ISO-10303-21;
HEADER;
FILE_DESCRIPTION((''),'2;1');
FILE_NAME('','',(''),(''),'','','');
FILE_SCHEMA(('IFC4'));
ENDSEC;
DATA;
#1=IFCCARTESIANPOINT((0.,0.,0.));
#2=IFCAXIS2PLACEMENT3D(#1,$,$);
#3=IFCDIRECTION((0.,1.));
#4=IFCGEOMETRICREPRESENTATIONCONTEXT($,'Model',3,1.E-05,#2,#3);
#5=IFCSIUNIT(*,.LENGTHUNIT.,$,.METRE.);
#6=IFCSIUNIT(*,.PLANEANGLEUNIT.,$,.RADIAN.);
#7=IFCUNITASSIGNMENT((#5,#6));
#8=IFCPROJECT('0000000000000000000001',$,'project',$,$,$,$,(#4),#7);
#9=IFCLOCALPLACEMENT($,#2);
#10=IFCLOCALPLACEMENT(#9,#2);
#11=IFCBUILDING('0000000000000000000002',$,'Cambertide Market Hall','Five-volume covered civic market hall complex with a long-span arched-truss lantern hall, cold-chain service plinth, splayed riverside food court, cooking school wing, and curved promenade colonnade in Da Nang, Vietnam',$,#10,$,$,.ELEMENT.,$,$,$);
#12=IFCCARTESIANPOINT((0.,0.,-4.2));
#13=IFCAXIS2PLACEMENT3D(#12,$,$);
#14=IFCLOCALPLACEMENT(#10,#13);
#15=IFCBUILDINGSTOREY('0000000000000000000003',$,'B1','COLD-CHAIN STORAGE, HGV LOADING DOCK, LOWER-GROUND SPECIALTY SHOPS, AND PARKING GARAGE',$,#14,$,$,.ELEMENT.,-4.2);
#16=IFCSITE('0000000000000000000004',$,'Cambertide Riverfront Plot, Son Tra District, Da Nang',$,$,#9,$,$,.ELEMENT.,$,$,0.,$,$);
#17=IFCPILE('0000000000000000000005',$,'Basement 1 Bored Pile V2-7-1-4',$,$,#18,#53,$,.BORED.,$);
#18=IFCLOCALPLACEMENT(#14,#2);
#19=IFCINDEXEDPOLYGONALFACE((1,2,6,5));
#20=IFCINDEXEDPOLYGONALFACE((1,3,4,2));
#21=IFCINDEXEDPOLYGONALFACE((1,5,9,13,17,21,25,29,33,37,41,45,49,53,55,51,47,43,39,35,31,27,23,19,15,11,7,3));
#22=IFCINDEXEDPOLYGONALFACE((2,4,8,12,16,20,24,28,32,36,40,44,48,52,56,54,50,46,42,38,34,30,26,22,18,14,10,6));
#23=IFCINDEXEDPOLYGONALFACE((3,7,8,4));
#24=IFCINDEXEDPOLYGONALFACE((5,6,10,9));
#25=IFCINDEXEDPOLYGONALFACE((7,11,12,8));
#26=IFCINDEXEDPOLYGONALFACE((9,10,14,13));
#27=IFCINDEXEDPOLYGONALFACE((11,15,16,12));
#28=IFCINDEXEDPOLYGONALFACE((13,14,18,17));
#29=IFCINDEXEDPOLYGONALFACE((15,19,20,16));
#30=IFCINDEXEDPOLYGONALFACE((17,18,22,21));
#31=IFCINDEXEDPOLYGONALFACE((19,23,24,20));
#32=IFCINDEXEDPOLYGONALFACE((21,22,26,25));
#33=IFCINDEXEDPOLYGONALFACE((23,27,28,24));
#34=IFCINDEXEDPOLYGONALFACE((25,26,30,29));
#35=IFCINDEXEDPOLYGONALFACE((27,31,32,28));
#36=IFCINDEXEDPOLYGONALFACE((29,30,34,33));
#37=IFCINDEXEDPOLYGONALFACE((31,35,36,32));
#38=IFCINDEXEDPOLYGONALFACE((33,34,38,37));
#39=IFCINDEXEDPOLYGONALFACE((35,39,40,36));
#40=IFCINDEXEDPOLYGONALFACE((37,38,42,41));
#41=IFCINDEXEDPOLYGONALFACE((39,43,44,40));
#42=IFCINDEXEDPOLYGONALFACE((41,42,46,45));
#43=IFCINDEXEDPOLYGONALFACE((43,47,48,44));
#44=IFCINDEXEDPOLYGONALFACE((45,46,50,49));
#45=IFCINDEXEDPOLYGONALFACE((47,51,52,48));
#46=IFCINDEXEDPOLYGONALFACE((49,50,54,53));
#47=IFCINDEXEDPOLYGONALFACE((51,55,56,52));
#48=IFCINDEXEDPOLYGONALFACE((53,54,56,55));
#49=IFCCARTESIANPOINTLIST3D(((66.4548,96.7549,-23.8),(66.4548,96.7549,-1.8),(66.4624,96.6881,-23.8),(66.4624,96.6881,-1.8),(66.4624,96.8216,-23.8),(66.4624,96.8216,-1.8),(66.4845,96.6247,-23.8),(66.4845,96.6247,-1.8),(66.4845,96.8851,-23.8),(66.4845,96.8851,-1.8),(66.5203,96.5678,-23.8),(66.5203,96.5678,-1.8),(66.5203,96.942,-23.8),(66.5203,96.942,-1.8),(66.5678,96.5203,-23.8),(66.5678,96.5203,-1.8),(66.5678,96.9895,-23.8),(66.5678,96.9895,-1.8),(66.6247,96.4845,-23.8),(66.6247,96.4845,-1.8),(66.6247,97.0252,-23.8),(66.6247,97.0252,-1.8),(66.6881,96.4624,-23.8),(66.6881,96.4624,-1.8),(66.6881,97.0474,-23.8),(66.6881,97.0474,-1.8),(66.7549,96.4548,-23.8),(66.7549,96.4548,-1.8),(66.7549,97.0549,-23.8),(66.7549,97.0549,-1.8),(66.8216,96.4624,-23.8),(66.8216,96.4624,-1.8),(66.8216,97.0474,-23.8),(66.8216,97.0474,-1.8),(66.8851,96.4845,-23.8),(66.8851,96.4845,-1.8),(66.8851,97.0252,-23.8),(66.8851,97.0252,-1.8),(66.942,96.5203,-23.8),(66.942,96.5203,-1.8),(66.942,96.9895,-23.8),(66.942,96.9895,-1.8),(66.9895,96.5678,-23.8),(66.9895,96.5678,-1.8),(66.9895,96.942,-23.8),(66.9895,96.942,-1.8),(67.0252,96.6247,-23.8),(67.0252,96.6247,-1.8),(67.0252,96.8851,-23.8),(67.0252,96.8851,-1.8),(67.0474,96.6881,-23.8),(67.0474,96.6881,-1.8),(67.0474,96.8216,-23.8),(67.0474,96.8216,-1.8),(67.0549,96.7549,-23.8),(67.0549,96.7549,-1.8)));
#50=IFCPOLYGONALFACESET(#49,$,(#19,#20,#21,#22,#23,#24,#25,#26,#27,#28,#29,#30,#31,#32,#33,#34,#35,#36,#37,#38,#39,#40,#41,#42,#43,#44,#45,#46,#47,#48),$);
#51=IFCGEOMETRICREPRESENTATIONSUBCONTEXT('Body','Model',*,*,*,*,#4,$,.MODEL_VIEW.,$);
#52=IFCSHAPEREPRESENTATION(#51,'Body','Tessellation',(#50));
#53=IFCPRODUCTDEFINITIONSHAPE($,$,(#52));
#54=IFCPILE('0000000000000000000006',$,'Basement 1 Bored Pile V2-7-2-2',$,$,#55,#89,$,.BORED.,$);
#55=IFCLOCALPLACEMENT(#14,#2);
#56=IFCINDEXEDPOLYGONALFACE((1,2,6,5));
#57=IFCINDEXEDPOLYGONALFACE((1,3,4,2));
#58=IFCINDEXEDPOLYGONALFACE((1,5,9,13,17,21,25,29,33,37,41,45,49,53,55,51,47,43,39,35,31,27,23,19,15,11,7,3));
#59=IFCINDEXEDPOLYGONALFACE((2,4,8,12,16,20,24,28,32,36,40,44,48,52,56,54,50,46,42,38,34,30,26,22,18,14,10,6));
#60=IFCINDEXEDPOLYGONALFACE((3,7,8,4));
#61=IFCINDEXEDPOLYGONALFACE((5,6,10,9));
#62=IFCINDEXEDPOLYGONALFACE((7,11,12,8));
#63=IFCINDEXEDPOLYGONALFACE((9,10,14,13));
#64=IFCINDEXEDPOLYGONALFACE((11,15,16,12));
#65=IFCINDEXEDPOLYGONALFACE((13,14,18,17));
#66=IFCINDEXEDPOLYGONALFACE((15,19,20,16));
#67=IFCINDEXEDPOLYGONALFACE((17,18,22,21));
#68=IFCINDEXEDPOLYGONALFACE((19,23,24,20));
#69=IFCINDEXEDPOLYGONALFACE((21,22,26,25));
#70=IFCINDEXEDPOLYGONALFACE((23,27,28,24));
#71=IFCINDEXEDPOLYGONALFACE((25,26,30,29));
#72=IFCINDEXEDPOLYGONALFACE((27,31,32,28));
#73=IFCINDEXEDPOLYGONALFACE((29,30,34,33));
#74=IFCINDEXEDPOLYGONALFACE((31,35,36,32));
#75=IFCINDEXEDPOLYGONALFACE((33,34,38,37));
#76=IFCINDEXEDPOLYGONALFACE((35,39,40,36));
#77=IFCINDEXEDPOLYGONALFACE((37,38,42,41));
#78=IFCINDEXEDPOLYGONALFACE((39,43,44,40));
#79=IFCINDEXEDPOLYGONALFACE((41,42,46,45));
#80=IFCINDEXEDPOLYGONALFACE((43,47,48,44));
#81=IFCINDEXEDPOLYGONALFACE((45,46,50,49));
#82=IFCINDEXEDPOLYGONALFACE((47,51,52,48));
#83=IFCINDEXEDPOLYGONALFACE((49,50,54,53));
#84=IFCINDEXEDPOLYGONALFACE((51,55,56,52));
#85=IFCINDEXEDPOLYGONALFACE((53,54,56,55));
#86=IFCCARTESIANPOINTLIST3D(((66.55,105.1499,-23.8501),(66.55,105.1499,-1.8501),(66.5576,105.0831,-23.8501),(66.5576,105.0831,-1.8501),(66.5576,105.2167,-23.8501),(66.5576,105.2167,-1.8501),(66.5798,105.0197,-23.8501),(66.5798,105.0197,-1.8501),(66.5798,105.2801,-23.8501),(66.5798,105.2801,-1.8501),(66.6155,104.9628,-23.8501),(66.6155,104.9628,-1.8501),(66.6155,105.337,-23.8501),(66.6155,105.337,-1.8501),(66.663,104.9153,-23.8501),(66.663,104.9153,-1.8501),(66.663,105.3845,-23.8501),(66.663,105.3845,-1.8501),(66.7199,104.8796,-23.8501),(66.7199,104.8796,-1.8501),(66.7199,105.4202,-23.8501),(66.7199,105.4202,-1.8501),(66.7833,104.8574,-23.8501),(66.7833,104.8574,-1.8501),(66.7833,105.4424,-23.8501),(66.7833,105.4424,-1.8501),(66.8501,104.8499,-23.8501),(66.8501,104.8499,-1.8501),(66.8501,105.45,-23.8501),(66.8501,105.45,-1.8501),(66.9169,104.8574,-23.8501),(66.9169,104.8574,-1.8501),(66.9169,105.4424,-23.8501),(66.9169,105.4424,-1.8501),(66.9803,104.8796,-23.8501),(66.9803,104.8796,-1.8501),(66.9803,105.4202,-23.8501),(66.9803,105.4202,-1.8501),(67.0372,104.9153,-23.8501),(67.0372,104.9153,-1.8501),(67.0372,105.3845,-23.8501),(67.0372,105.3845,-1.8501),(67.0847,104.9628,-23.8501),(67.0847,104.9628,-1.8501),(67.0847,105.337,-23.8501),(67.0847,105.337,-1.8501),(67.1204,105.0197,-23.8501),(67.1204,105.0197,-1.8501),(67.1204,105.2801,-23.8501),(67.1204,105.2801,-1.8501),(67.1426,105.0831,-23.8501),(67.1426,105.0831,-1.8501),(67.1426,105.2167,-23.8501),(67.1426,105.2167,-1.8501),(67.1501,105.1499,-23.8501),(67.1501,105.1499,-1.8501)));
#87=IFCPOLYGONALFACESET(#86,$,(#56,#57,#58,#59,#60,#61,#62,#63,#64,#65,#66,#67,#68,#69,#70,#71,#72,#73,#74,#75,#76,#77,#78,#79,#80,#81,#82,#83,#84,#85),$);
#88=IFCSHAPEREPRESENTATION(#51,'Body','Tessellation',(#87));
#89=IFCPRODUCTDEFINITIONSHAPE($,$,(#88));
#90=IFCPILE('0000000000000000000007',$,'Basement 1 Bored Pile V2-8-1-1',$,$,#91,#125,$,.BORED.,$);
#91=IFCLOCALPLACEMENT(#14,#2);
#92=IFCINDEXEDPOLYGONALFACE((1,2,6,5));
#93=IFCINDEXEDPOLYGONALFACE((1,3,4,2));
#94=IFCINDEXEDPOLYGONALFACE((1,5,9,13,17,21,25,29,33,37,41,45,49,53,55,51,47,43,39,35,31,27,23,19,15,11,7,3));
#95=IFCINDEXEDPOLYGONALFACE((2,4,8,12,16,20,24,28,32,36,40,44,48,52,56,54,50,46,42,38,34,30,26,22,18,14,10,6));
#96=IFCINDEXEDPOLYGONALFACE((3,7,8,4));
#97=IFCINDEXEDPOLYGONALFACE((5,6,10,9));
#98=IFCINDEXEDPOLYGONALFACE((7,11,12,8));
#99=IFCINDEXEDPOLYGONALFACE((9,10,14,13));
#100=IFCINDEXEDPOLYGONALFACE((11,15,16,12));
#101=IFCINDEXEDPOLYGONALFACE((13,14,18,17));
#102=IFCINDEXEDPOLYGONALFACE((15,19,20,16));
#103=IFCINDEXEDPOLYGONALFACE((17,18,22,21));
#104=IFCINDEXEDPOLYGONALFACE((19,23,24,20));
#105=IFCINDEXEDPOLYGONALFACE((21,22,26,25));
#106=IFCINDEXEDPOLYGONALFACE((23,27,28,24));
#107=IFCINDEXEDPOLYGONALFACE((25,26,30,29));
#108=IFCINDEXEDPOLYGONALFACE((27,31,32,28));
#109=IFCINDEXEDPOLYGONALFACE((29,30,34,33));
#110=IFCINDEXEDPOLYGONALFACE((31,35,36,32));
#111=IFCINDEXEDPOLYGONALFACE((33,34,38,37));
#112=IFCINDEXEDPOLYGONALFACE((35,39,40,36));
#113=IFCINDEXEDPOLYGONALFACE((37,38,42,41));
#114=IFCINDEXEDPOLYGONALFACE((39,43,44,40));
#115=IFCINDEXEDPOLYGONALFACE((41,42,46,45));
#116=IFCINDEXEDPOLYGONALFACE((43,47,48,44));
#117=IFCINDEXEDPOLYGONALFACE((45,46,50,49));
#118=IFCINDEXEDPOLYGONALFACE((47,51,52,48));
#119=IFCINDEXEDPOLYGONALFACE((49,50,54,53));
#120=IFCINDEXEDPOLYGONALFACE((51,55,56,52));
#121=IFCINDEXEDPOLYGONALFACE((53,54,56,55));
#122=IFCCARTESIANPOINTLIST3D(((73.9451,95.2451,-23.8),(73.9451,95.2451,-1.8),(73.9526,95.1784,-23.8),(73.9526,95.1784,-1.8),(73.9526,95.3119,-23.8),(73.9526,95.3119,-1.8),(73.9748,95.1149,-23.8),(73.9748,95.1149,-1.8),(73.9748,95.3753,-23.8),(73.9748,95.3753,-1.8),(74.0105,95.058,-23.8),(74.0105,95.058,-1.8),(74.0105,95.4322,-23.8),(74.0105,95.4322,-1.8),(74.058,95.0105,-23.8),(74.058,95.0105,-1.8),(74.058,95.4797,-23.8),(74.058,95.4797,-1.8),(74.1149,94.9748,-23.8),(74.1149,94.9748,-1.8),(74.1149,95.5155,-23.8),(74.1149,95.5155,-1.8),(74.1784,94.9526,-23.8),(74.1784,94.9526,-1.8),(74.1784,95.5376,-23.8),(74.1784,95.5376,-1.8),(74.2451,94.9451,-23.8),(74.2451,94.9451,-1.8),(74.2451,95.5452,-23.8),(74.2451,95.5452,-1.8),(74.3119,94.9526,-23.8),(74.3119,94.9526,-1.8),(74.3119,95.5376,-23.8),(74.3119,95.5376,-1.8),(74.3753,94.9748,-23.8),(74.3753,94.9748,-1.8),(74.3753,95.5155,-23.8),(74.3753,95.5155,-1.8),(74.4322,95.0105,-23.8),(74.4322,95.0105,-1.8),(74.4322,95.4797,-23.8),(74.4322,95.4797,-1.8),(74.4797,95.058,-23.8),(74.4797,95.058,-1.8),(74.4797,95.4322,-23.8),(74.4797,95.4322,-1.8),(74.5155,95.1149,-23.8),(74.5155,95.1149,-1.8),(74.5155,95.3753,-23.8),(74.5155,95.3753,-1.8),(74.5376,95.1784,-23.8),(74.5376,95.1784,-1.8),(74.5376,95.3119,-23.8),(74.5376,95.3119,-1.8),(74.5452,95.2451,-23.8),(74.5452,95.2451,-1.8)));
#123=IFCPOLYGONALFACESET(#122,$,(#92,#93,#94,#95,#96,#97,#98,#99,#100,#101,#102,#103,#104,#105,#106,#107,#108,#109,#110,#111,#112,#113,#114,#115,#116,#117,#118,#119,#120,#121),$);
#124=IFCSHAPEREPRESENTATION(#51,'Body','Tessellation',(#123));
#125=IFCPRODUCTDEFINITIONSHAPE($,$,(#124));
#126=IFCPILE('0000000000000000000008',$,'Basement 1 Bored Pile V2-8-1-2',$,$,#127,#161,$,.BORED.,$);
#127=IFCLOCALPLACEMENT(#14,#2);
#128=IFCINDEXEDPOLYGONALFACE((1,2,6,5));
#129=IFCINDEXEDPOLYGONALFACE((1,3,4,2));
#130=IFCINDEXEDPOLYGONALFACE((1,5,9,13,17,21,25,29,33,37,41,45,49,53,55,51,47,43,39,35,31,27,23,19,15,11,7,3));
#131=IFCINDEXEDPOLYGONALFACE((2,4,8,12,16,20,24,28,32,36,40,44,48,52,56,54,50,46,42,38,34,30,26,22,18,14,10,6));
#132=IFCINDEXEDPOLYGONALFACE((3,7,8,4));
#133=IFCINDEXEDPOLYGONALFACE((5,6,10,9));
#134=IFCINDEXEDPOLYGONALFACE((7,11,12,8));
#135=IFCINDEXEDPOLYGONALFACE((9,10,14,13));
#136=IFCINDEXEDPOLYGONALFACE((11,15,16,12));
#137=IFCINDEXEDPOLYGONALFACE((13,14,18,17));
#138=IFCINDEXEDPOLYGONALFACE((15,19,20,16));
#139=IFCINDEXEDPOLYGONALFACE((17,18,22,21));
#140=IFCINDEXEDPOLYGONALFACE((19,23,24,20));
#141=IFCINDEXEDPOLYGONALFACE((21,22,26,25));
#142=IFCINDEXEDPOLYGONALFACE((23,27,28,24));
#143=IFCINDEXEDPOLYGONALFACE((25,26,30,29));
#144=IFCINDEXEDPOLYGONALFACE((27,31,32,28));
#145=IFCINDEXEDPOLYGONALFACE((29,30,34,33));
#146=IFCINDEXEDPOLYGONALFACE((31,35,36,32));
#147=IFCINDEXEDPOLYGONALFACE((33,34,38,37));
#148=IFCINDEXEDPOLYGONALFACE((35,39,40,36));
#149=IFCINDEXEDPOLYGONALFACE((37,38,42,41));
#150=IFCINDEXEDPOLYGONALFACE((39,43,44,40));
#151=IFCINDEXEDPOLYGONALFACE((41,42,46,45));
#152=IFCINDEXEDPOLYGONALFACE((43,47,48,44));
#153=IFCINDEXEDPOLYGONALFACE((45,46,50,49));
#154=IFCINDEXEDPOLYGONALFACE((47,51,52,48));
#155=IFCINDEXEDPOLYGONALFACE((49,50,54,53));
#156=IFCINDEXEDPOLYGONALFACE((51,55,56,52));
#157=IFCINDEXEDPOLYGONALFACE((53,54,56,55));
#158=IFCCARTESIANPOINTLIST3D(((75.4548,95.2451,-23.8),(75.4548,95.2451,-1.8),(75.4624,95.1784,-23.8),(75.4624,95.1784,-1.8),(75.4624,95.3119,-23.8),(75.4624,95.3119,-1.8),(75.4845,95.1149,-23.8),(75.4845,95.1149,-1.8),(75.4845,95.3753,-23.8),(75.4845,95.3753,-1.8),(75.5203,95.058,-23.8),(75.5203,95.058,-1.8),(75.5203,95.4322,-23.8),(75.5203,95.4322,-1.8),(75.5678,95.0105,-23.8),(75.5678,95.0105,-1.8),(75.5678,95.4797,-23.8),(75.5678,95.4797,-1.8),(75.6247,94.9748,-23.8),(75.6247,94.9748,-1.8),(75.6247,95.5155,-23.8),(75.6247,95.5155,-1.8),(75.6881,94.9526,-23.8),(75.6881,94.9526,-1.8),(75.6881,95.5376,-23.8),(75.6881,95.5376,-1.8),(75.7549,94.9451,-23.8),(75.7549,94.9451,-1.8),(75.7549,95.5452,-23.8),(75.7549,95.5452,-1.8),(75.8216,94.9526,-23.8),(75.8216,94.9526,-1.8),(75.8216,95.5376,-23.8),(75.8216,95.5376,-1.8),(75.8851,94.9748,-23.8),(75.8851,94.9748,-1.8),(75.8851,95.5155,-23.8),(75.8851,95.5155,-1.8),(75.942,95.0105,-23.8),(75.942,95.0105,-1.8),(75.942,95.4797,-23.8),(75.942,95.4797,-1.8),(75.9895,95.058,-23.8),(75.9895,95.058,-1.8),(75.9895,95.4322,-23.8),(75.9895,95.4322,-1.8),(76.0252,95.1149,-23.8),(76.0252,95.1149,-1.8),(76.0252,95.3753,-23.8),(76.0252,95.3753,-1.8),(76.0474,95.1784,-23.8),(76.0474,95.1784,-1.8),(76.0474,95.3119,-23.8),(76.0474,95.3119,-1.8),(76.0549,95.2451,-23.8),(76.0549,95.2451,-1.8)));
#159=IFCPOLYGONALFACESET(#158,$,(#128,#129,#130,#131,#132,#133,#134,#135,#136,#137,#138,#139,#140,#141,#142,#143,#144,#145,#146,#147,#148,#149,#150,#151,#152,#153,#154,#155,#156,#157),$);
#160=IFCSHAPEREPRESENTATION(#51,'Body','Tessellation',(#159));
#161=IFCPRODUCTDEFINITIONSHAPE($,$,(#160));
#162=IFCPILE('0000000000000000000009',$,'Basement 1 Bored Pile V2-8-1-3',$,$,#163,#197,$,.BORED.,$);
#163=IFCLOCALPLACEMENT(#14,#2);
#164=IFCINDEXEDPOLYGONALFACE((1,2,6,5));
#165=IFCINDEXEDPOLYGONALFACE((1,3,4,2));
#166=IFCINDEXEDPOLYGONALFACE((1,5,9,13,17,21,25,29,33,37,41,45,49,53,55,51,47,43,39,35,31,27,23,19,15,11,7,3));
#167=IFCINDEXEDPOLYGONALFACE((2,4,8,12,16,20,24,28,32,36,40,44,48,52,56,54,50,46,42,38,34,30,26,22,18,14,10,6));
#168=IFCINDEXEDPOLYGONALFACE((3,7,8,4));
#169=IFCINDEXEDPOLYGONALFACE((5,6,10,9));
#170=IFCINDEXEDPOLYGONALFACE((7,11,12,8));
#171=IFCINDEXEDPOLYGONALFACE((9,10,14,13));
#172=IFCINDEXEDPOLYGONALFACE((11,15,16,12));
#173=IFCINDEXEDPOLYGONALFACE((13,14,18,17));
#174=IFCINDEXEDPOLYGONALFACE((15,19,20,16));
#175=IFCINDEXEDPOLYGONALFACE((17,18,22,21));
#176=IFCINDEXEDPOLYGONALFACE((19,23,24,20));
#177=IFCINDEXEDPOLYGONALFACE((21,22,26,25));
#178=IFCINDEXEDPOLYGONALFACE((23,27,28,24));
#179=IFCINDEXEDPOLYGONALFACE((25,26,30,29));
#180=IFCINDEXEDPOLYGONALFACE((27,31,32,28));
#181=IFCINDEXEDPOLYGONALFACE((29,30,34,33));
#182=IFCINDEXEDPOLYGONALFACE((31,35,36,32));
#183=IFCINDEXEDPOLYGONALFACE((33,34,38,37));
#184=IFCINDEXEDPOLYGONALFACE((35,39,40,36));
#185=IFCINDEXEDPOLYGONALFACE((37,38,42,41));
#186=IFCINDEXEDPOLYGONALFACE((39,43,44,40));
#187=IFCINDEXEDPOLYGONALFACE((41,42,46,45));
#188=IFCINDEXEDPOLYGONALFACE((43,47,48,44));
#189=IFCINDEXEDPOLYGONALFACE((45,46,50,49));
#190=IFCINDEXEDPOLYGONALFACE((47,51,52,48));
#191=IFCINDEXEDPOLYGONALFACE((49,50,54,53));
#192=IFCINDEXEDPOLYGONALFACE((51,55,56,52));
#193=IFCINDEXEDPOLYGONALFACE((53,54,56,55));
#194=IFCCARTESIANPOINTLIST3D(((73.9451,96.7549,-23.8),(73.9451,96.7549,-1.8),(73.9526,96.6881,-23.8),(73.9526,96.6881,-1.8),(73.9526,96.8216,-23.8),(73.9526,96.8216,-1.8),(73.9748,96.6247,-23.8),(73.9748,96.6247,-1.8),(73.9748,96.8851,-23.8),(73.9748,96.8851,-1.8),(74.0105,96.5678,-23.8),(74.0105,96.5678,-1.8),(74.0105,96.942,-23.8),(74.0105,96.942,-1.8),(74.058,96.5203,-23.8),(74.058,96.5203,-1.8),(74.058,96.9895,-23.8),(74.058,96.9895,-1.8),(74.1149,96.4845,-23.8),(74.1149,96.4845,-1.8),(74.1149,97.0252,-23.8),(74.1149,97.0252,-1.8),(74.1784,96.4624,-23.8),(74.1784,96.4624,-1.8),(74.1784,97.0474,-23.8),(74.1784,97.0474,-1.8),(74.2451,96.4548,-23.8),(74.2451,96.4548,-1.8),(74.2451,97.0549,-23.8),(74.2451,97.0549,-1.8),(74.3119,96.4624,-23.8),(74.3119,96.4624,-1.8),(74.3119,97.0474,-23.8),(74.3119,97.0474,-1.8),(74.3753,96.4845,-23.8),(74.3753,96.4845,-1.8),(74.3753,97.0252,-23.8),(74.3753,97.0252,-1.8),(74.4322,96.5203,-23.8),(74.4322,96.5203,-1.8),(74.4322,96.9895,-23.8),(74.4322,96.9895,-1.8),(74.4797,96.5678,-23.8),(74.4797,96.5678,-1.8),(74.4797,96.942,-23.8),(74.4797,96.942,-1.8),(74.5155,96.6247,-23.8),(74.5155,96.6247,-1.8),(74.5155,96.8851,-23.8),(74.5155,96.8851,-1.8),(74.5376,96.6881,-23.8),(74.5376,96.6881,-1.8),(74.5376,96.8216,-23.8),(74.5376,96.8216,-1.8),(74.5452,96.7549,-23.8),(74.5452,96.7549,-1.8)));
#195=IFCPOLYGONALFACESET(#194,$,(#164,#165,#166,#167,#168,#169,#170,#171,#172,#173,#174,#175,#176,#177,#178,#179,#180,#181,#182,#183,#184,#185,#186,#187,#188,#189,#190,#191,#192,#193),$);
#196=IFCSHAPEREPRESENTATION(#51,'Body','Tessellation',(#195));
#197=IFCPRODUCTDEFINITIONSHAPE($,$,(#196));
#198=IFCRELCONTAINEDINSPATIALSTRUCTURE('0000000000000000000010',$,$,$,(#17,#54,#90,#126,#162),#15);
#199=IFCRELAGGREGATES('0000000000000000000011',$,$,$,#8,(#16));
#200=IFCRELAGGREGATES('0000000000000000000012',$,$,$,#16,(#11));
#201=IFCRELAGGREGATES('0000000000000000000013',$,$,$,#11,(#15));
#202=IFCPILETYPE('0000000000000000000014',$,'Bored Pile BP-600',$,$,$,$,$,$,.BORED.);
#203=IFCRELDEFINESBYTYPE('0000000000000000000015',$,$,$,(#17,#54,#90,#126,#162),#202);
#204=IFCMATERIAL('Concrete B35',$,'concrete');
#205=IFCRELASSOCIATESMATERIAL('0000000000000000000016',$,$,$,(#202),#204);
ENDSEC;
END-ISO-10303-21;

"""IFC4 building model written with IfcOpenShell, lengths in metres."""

from ifc_helpers import new_model, si_unit, direction, frame, origin, origin_2d, place, context, subcontext, project, spatial, circle, extrude, material, material_profile, profile_set, type_object, element, save


model = new_model("IFC4")

# Units and contexts
model_context = context("Model", 3, precision=1e-05, world=origin(), true_north=direction((0.0, 1.0)))
body_context = subcontext(model_context, "Body", "Model", "MODEL_VIEW")
ifc_project = project(units=[si_unit("LENGTHUNIT", "METRE"), si_unit("PLANEANGLEUNIT", "RADIAN")], contexts=[model_context])

# Site, building, storey
site_placement = place(None, origin())
site = spatial("IfcSite", under=ifc_project, at=site_placement, Name="Cambertide Riverfront Plot, Son Tra District, Da Nang", CompositionType="ELEMENT", RefElevation=0.0)
building_placement = place(site_placement, origin())
building = spatial("IfcBuilding", under=site, at=building_placement, Name="Cambertide Market Hall", Description="Five-volume covered civic market hall complex with a long-span arched-truss lantern hall, cold-chain service plinth, splayed riverside food court, cooking school wing, and curved promenade colonnade in Da Nang, Vietnam", CompositionType="ELEMENT")
storey_placement = place(building_placement, frame((0.0, 0.0, -4.2)))
storey = spatial("IfcBuildingStorey", under=building, at=storey_placement, Name="B1", Description="COLD-CHAIN STORAGE, HGV LOADING DOCK, LOWER-GROUND SPECIALTY SHOPS, AND PARKING GARAGE", CompositionType="ELEMENT", Elevation=-4.2)

# Piles
ifc_material_1 = material(Name="Concrete B35", Category="concrete")
ifc_material_profile_1 = material_profile(ifc_material_1, circle(Radius=0.3, at=origin_2d()), Name="BP D600")
ifc_profile_set_1 = profile_set([ifc_material_profile_1], Name="Concrete B35")
pile_type = type_object("IfcPileType", Name="Bored Pile BP-600", PredefinedType="BORED", material=ifc_profile_set_1)
for number, where, z_axis, x_axis, name in (
    (1, (66.7549, 96.7549, -1.8), (0.0, 0.0, -1.0), (1.0, 0.0, 0.0), "Basement 1 Bored Pile V2-7-1-4"),
    (2, (66.8501, 105.1499, -1.8501), (0.0, 0.0, -1.0), (1.0, 0.0, 0.0), "Basement 1 Bored Pile V2-7-2-2"),
    (3, (74.2451, 95.2451, -1.8), (0.0, 0.0, -1.0), (1.0, 0.0, 0.0), "Basement 1 Bored Pile V2-8-1-1"),
    (4, (75.7549, 95.2451, -1.8), (0.0, 0.0, -1.0), (1.0, 0.0, 0.0), "Basement 1 Bored Pile V2-8-1-2"),
    (5, (74.2451, 96.7549, -1.8), (0.0, 0.0, -1.0), (1.0, 0.0, 0.0), "Basement 1 Bored Pile V2-8-1-3"),
):
    element("IfcPile", number, at=place(storey_placement, frame(where, z_axis=z_axis, x_axis=x_axis)), inside=storey, type_object=pile_type, Name=name, PredefinedType="BORED", context=body_context, shape_type="SweptSolid", body=[
        extrude(circle(Radius=0.3, at=origin_2d()), origin(), (0.0, 0.0, 1.0), 22.0),
    ])

save(model, "model.ifc")
